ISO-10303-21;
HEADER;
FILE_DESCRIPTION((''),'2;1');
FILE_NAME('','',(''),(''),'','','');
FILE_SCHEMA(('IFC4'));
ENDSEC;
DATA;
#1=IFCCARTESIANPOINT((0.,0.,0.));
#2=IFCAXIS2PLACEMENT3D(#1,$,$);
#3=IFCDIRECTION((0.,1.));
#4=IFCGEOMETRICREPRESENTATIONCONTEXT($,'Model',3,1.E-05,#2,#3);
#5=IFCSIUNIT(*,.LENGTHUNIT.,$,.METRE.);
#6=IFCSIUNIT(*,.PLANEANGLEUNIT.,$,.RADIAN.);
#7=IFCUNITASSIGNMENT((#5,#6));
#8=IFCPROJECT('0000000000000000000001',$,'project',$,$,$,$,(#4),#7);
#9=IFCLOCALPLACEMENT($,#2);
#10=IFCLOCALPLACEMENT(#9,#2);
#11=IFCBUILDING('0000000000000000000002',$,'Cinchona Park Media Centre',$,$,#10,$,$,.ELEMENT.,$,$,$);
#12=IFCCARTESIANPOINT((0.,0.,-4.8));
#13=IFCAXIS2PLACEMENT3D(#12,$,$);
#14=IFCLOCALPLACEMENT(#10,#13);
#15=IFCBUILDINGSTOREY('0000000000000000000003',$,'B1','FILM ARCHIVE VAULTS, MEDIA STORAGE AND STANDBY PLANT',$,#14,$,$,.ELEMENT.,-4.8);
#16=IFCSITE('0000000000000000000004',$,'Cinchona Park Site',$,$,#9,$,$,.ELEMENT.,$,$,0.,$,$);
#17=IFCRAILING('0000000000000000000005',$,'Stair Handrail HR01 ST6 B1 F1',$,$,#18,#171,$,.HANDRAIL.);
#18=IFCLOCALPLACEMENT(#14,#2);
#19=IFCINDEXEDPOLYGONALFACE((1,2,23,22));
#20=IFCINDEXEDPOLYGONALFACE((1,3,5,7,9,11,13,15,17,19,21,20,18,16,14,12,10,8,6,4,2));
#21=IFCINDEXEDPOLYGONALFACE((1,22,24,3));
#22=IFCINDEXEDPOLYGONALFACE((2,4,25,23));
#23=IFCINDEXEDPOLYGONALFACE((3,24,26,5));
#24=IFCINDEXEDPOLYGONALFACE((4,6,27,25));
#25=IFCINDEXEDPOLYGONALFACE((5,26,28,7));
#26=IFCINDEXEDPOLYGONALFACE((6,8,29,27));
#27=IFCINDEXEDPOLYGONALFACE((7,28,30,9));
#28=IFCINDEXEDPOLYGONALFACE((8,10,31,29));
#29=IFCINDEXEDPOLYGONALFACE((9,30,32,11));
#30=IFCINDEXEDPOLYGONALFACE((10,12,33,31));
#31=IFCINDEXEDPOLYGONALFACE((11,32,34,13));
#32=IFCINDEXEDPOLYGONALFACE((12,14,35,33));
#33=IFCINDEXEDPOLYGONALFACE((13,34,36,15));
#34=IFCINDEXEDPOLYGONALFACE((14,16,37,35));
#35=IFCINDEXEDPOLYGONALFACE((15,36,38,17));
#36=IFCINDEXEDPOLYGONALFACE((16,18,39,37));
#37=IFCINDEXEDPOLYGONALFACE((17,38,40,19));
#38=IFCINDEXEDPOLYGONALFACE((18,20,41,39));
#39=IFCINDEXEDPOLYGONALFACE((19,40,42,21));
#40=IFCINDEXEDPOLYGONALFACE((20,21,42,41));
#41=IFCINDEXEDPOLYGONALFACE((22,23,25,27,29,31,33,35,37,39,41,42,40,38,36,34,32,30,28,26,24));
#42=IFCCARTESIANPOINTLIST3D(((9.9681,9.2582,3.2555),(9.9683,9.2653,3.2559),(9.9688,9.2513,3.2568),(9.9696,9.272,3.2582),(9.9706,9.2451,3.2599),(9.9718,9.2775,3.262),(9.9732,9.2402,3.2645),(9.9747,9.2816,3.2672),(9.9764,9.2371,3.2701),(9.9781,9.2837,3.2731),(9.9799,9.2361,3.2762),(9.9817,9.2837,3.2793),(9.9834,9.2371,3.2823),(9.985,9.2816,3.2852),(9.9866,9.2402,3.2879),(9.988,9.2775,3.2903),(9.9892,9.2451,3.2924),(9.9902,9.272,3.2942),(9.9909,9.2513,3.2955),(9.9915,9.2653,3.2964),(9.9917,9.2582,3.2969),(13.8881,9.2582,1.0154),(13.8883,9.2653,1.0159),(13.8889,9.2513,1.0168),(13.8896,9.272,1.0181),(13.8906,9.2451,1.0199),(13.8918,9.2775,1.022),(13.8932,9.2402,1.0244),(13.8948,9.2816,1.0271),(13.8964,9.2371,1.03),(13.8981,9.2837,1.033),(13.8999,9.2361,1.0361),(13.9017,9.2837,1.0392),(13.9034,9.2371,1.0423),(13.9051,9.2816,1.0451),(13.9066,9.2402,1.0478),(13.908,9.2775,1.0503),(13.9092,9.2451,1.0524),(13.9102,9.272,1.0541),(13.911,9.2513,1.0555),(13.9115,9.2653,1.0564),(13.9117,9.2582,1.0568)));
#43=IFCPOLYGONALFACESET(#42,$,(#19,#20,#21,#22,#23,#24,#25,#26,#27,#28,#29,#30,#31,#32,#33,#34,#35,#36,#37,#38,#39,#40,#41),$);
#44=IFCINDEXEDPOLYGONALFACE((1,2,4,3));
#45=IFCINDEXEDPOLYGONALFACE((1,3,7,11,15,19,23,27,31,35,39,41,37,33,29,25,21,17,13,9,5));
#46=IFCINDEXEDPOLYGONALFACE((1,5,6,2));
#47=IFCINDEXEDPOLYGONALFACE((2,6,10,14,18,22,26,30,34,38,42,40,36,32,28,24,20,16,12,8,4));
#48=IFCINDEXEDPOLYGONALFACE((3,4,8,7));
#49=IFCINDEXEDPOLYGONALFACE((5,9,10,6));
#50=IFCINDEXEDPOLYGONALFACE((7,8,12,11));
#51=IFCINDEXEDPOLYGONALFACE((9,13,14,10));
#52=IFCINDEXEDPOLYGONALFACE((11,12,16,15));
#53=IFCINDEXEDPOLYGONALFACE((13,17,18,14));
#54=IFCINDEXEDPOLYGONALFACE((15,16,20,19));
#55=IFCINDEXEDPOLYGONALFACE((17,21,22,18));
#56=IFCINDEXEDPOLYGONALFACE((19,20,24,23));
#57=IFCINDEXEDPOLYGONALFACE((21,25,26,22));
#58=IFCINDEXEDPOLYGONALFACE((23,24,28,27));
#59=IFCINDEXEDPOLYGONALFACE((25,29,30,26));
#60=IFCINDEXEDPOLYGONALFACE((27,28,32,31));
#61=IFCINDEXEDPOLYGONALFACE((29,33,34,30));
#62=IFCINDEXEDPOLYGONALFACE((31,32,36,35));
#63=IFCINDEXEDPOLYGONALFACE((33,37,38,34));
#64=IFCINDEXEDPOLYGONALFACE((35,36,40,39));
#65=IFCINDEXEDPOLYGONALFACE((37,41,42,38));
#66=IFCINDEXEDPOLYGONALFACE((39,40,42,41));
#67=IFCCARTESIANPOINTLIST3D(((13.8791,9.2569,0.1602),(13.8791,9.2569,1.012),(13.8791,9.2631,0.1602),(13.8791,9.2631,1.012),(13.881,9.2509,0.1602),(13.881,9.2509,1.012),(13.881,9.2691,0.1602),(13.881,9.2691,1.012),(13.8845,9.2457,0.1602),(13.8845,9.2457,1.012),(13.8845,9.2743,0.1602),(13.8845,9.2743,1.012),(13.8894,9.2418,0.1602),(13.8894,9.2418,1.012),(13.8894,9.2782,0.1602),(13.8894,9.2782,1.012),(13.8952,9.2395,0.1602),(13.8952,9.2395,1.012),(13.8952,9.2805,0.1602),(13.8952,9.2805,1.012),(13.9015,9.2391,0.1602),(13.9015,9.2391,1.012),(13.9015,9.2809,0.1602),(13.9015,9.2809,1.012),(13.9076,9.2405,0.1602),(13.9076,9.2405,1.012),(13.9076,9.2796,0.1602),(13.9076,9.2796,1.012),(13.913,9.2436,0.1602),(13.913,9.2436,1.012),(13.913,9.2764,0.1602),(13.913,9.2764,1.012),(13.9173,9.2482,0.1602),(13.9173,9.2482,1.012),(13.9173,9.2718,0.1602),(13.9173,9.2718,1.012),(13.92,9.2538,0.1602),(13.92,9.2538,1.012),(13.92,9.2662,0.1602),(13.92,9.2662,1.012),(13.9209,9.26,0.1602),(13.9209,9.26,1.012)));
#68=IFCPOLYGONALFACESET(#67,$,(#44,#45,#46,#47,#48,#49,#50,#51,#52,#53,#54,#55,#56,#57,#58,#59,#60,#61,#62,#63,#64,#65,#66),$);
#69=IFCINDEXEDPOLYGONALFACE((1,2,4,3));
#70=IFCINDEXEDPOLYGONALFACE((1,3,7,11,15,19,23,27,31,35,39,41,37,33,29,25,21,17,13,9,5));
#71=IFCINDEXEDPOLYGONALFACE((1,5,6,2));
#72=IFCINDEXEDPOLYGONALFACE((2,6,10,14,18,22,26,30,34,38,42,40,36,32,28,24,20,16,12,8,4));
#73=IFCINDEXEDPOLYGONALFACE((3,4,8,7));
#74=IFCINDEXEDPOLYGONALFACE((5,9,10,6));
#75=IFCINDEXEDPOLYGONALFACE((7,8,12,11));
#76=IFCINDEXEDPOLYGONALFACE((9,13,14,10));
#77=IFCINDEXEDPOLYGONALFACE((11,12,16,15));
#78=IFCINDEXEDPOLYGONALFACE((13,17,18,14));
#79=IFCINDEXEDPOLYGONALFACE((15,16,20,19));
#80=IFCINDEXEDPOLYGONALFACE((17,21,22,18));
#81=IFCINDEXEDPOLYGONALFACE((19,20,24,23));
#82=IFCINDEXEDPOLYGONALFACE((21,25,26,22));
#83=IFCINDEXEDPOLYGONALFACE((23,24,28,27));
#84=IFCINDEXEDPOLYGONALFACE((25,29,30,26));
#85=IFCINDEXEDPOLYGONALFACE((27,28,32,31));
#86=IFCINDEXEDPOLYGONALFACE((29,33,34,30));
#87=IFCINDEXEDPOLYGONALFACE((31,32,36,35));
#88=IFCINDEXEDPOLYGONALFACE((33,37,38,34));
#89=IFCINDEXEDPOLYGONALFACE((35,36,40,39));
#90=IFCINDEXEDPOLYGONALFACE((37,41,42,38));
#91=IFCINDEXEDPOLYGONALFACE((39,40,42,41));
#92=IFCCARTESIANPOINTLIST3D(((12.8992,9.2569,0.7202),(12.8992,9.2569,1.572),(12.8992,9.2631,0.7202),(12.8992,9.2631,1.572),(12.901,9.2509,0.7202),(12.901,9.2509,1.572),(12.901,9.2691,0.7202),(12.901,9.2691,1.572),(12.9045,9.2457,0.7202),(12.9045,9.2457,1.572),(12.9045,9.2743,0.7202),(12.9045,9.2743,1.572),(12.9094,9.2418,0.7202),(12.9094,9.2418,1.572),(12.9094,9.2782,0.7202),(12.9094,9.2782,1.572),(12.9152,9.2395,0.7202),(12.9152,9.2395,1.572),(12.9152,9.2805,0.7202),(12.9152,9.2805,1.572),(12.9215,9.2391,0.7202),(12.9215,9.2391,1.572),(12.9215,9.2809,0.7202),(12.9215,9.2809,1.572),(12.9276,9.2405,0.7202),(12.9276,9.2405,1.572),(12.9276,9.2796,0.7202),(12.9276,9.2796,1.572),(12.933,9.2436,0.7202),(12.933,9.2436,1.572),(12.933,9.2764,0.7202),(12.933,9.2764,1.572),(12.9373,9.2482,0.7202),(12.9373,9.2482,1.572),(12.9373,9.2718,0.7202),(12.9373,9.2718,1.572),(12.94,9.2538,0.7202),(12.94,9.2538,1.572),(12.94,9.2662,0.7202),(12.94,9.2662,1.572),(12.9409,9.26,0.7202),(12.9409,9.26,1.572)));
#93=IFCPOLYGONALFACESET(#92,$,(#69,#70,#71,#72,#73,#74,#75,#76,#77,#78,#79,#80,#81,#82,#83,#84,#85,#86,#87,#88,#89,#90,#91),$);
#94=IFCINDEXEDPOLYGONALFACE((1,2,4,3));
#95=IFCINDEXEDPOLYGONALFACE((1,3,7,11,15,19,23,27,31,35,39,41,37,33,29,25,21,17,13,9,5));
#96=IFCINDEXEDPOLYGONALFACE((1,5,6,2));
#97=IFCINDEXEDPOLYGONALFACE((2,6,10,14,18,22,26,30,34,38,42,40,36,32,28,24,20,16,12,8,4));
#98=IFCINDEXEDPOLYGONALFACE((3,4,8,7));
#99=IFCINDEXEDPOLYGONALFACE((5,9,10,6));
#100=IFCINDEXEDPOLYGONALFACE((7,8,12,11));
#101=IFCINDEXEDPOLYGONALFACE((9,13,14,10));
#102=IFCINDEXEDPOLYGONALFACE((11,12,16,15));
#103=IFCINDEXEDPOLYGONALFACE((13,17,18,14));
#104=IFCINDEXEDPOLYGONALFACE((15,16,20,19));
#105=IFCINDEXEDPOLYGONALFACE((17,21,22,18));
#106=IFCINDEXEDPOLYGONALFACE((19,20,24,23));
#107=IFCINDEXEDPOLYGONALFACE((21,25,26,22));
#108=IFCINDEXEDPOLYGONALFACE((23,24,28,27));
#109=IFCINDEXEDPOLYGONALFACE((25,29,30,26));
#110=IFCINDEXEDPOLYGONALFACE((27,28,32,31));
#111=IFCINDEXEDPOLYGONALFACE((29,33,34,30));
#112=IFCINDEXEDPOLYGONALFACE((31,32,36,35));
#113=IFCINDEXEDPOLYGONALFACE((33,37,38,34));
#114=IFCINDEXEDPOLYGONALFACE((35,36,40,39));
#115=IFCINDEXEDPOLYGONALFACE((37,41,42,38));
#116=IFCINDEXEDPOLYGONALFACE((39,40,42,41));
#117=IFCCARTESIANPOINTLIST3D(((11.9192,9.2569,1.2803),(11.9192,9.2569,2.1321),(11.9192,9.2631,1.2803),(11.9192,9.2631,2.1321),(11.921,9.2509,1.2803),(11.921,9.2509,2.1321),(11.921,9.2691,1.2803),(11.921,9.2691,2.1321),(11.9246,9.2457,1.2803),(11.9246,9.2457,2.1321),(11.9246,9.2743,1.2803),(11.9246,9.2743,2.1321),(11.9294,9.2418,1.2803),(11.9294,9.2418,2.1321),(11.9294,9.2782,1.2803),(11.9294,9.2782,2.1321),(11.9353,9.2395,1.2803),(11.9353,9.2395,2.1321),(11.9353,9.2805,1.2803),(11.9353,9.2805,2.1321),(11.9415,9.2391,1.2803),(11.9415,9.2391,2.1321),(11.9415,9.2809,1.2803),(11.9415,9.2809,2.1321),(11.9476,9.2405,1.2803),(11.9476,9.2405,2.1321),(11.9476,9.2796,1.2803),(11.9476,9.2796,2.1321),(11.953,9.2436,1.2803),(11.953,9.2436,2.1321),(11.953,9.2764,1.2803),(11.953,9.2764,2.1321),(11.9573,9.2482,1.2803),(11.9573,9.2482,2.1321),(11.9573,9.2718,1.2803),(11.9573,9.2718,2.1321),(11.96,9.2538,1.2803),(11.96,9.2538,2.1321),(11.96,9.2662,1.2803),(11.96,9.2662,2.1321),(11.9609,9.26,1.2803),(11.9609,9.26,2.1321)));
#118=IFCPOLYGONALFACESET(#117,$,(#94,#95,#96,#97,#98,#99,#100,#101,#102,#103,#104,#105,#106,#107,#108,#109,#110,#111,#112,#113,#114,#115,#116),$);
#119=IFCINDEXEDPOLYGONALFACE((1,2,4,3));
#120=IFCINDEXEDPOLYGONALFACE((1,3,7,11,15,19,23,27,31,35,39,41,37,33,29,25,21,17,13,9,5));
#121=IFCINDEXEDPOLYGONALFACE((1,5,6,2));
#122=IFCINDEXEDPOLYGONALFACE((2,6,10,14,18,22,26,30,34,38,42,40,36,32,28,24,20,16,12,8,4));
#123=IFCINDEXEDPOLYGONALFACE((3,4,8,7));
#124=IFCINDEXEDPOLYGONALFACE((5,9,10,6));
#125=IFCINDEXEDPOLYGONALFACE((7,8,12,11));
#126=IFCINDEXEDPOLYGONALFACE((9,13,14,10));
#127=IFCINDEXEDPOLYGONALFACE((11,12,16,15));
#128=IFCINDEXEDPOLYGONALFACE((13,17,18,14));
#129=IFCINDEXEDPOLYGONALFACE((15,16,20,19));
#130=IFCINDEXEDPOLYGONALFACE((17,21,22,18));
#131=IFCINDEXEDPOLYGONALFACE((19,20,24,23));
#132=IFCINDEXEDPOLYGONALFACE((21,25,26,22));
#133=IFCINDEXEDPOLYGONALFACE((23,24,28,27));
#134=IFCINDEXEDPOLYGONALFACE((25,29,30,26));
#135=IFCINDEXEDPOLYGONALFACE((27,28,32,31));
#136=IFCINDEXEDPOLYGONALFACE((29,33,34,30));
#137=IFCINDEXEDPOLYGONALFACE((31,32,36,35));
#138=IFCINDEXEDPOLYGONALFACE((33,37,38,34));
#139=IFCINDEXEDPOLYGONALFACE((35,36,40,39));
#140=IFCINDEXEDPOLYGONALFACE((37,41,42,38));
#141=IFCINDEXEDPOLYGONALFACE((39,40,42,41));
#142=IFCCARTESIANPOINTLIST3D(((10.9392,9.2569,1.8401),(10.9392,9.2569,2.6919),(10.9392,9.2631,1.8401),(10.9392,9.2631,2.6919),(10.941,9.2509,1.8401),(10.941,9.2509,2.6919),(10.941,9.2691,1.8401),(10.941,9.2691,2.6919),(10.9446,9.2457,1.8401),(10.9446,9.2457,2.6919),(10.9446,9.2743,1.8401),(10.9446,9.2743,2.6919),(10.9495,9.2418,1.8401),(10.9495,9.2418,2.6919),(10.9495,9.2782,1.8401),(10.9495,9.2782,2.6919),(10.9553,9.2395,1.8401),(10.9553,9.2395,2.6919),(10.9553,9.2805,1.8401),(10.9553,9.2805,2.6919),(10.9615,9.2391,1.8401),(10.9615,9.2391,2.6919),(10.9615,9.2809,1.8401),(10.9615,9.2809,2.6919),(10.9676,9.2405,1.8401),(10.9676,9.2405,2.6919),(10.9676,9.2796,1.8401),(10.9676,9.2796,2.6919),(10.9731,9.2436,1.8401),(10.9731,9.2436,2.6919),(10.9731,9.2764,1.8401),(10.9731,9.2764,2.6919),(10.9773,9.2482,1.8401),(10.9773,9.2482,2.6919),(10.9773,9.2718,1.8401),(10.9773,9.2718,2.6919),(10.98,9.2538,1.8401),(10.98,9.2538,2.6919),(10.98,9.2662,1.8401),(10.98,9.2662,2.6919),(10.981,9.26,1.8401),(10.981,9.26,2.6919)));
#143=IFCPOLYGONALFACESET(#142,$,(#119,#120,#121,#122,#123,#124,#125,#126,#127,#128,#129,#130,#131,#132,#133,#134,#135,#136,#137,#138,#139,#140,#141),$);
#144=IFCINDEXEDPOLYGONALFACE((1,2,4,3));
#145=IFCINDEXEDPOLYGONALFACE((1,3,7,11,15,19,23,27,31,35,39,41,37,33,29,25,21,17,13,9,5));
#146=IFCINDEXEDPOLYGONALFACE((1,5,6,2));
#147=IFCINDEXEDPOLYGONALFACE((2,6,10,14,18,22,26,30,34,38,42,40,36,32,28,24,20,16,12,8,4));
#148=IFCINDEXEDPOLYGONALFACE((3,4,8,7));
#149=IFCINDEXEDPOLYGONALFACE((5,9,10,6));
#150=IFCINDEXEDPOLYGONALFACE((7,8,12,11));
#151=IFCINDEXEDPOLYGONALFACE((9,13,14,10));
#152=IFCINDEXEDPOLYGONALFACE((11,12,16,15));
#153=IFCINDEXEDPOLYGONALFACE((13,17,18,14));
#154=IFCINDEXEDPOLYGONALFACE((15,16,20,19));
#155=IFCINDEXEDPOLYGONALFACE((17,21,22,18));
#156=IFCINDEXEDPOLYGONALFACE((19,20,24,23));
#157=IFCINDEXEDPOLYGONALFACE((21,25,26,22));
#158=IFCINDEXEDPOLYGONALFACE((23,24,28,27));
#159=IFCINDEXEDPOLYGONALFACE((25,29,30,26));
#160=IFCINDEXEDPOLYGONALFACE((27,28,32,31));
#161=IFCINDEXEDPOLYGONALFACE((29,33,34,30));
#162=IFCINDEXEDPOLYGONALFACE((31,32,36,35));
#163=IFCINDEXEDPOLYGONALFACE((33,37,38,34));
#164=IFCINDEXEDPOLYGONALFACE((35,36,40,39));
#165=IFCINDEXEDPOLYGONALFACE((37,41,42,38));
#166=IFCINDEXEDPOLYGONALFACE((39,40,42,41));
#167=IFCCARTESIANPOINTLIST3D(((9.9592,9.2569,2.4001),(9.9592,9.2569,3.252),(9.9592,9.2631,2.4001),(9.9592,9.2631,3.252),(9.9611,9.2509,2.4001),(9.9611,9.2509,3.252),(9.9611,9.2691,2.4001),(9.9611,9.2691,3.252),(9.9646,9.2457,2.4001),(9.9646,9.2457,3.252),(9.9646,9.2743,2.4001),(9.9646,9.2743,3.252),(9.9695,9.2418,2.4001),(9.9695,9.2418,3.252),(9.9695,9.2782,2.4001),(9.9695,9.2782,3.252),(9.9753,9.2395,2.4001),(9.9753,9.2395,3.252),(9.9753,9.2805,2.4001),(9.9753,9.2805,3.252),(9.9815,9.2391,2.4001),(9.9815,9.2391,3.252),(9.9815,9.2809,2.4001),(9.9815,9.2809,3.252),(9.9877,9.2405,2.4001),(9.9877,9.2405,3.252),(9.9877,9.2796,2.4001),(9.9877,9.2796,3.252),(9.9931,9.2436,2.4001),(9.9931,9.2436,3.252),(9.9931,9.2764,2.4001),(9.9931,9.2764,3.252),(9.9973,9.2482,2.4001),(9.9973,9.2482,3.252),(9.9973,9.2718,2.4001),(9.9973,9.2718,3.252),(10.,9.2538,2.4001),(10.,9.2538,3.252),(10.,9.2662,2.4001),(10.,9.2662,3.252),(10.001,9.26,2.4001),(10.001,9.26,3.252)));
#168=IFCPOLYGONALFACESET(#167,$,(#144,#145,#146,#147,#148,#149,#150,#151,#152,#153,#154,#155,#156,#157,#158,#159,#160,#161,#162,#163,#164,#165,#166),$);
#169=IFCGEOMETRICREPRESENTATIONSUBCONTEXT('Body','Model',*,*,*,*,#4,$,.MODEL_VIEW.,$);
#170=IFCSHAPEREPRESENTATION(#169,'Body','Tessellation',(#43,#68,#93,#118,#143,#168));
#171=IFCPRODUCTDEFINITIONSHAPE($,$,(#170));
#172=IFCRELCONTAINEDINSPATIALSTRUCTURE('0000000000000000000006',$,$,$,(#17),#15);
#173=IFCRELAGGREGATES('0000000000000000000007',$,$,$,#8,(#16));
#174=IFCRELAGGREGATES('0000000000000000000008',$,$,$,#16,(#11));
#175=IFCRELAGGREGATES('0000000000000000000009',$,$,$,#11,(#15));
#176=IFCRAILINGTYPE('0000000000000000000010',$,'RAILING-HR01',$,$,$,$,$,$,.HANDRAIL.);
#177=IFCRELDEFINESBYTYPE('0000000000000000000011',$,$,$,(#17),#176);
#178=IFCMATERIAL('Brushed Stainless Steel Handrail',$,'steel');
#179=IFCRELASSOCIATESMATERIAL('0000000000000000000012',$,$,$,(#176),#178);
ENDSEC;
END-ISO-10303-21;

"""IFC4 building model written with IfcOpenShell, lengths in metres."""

from ifc_helpers import new_model, si_unit, direction, frame, origin, origin_2d, place, context, subcontext, project, spatial, circle, extrude, material, type_object, element, save


model = new_model("IFC4")

# Units and contexts
model_context = context("Model", 3, precision=1e-05, world=origin(), true_north=direction((0.0, 1.0)))
body_context = subcontext(model_context, "Body", "Model", "MODEL_VIEW")
ifc_project = project(units=[si_unit("LENGTHUNIT", "METRE"), si_unit("PLANEANGLEUNIT", "RADIAN")], contexts=[model_context])

# Site, building, storey
site_placement = place(None, origin())
site = spatial("IfcSite", under=ifc_project, at=site_placement, Name="Cinchona Park Site", CompositionType="ELEMENT", RefElevation=0.0)
building_placement = place(site_placement, origin())
building = spatial("IfcBuilding", under=site, at=building_placement, Name="Cinchona Park Media Centre", CompositionType="ELEMENT")
storey_placement = place(building_placement, frame((0.0, 0.0, -4.8)))
storey = spatial("IfcBuildingStorey", under=building, at=storey_placement, Name="B1", Description="FILM ARCHIVE VAULTS, MEDIA STORAGE AND STANDBY PLANT", CompositionType="ELEMENT", Elevation=-4.8)

# Railing
ifc_material_1 = material(Name="Brushed Stainless Steel Handrail", Category="steel")
railing_type_1 = type_object("IfcRailingType", Name="RAILING-HR01", PredefinedType="HANDRAIL", material=ifc_material_1)
railing_1_placement = place(storey_placement, frame((13.8999, 9.26, 0.1602)))
element("IfcRailing", 1, at=railing_1_placement, inside=storey, type_object=railing_type_1, Name="Stair Handrail HR01 ST6 B1 F1", PredefinedType="HANDRAIL", context=body_context, shape_type="SweptSolid", body=[
    extrude(circle(Radius=0.0239, at=origin_2d()), frame((0.0, 0.0, 0.876), z_axis=(-0.86824, 0.0, 0.496145), x_axis=(0.0, -1.0, 0.0)), (0.0, 0.0, 1.0), 4.5149),
    extrude(circle(Radius=0.021, at=origin_2d()), origin(), (0.0, 0.0, 1.0), 0.8518),
    extrude(circle(Radius=0.021, at=origin_2d()), frame((-0.98, 0.0, 0.5601)), (0.0, 0.0, 1.0), 0.8518),
    extrude(circle(Radius=0.021, at=origin_2d()), frame((-1.96, 0.0, 1.1201)), (0.0, 0.0, 1.0), 0.8518),
    extrude(circle(Radius=0.021, at=origin_2d()), frame((-2.9399, 0.0, 1.6799)), (0.0, 0.0, 1.0), 0.8518),
    extrude(circle(Radius=0.021, at=origin_2d()), frame((-3.9199, 0.0, 2.24)), (0.0, 0.0, 1.0), 0.8518),
])

save(model, "model.ifc")
